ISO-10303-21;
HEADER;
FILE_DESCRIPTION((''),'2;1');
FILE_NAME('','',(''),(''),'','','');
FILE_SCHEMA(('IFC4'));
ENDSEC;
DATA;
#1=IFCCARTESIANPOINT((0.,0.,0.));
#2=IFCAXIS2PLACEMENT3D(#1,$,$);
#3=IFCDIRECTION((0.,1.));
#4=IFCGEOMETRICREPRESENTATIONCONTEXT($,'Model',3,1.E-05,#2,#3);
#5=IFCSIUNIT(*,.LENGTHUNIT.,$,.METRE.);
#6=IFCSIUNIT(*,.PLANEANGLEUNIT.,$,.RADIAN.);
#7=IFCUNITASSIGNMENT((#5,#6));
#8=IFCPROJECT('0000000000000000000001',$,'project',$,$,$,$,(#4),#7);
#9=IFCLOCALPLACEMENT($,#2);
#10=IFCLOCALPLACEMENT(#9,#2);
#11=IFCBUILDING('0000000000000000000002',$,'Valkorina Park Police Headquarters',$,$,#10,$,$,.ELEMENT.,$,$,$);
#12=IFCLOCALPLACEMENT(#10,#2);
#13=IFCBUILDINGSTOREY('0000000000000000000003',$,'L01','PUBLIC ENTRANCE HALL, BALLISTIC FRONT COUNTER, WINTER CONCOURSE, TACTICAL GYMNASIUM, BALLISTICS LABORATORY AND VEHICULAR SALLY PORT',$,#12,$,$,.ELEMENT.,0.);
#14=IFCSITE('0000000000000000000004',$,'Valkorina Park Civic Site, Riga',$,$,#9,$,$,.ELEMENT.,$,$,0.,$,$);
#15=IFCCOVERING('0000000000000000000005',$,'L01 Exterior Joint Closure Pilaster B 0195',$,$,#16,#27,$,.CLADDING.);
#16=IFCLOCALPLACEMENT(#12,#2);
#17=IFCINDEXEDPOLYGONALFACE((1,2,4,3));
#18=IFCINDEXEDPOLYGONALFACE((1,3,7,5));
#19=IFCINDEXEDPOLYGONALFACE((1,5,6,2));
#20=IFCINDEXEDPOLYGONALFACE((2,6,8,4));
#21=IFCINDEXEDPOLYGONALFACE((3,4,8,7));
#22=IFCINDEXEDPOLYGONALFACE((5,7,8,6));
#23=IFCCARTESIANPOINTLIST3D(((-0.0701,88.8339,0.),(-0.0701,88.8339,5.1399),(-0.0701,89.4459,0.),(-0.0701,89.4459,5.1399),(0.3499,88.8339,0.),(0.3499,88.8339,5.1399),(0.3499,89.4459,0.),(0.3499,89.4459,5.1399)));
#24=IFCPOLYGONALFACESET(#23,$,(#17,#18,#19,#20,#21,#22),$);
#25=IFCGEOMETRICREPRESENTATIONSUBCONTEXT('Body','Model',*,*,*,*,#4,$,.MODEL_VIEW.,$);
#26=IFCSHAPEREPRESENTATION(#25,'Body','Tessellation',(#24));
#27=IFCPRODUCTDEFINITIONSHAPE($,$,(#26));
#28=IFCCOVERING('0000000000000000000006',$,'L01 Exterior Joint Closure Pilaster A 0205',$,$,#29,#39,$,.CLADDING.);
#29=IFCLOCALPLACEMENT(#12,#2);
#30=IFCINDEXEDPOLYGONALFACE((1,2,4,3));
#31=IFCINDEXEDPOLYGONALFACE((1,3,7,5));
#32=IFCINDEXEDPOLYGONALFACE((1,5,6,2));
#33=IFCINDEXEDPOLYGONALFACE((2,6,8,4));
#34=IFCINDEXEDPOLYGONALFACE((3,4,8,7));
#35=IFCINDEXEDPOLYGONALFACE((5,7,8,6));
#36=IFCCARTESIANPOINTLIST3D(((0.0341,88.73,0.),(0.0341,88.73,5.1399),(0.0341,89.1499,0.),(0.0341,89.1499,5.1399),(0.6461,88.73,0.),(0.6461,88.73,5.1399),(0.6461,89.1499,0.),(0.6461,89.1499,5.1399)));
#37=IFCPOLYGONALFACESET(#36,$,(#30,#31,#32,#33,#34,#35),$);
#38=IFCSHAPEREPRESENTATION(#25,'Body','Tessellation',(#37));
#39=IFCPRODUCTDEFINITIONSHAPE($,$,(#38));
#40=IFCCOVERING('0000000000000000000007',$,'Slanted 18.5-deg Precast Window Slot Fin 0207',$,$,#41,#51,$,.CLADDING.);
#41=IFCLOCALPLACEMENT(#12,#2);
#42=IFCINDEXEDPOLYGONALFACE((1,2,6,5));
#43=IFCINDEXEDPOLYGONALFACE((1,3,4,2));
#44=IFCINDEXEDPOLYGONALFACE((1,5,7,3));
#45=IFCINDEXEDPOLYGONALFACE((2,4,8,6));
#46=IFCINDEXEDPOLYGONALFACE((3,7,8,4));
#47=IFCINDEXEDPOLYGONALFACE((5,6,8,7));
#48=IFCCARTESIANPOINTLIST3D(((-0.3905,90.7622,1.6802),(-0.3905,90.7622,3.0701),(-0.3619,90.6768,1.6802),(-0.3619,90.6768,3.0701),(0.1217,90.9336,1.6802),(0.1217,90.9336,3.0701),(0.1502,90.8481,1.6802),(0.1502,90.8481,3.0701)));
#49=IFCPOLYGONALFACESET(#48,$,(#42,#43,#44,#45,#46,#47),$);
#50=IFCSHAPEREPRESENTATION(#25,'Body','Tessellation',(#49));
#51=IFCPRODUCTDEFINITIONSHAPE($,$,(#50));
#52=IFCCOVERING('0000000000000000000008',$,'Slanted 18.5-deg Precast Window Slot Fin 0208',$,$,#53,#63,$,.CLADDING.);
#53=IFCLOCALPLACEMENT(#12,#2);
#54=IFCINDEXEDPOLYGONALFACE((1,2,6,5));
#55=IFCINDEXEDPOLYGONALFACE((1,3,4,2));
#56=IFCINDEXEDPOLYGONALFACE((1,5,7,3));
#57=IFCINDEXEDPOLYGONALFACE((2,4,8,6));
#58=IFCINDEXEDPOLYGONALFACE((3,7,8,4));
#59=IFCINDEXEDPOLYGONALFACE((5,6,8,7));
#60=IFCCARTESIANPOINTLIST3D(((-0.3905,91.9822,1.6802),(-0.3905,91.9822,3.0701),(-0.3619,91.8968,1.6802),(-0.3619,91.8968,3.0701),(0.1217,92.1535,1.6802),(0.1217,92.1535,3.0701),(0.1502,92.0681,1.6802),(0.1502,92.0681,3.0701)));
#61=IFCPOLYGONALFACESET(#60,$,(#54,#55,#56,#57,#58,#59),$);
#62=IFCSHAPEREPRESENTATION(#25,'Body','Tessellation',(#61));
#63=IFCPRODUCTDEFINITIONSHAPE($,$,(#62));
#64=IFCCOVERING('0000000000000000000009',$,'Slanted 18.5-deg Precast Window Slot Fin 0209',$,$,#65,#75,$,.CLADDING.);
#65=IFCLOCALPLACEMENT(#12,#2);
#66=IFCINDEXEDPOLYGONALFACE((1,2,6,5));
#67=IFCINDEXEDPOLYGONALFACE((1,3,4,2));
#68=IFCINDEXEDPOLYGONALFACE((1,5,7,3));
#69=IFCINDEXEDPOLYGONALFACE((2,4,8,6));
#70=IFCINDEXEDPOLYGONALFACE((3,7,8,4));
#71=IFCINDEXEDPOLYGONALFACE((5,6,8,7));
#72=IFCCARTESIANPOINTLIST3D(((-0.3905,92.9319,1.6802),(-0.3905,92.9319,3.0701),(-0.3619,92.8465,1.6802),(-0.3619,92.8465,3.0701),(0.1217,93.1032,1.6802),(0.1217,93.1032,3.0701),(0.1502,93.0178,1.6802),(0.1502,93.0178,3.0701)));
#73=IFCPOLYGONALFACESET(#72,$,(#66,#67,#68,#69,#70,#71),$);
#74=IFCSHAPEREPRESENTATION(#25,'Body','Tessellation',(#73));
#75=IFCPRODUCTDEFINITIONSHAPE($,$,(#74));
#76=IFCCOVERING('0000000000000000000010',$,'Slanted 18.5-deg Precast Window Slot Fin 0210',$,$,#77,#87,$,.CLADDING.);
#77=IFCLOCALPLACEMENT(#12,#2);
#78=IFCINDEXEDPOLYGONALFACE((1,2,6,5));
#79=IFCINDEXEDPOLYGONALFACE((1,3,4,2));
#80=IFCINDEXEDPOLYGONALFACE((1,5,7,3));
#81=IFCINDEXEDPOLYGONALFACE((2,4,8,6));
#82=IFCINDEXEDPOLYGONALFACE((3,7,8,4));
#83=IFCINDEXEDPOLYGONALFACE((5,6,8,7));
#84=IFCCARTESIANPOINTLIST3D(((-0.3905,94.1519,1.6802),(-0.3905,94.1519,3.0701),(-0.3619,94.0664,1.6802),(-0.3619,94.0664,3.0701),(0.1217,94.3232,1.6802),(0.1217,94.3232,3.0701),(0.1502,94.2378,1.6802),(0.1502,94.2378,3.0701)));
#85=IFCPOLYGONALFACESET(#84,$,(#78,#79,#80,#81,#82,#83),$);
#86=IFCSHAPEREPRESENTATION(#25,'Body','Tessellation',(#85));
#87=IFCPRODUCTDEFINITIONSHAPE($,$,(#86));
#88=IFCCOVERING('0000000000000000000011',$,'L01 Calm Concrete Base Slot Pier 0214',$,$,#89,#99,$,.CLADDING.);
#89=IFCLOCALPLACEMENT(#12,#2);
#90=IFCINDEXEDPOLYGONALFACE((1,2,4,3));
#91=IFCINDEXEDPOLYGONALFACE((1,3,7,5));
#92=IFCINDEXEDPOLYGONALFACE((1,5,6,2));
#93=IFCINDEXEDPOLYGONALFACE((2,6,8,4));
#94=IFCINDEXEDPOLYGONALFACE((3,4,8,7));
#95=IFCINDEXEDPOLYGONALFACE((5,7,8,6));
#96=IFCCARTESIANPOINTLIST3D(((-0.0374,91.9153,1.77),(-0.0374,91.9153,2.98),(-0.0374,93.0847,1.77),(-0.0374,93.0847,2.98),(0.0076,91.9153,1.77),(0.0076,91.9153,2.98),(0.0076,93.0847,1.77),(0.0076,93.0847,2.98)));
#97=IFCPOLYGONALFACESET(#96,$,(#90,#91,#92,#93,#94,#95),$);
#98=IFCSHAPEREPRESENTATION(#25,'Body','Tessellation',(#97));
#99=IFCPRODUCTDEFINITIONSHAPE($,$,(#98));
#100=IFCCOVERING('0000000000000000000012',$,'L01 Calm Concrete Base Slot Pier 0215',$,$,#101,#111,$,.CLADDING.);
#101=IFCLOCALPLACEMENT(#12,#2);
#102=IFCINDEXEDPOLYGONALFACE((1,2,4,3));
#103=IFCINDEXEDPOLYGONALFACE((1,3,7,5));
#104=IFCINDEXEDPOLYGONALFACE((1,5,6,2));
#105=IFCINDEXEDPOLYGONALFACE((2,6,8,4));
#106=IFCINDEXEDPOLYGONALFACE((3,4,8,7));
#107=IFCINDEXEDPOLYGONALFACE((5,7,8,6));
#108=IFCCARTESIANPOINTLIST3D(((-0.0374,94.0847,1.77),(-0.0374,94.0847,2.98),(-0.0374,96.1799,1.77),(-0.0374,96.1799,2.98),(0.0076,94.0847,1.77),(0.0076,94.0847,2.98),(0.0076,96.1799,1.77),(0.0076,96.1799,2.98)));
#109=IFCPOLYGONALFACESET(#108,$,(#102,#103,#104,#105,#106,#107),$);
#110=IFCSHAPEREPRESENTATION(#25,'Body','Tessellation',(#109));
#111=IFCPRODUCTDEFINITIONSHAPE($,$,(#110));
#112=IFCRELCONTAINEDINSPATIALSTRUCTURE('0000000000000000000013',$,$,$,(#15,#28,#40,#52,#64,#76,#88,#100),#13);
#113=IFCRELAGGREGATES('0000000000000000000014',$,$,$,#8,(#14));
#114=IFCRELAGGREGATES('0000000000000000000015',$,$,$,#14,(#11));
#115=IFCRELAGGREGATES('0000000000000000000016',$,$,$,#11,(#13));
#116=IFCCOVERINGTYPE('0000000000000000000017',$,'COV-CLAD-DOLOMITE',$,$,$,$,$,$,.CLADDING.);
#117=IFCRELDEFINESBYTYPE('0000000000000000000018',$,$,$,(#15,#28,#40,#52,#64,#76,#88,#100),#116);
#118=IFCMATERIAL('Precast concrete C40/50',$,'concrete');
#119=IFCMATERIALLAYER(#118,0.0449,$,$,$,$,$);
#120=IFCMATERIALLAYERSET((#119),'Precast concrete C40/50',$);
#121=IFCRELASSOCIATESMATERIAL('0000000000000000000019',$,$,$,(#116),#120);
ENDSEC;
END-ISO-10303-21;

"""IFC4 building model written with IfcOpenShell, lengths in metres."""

from ifc_helpers import new_model, si_unit, direction, frame, frame_2d, origin, origin_2d, place, context, subcontext, project, spatial, rectangle, extrude, material, layer, layer_set, type_object, element, save


model = new_model("IFC4")

# Units and contexts
model_context = context("Model", 3, precision=1e-05, world=origin(), true_north=direction((0.0, 1.0)))
body_context = subcontext(model_context, "Body", "Model", "MODEL_VIEW")
ifc_project = project(units=[si_unit("LENGTHUNIT", "METRE"), si_unit("PLANEANGLEUNIT", "RADIAN")], contexts=[model_context])

# Site, building, storey
site_placement = place(None, origin())
site = spatial("IfcSite", under=ifc_project, at=site_placement, Name="Valkorina Park Civic Site, Riga", CompositionType="ELEMENT", RefElevation=0.0)
building_placement = place(site_placement, origin())
building = spatial("IfcBuilding", under=site, at=building_placement, Name="Valkorina Park Police Headquarters", CompositionType="ELEMENT")
storey_placement = place(building_placement, origin())
storey = spatial("IfcBuildingStorey", under=building, at=storey_placement, Name="L01", Description="PUBLIC ENTRANCE HALL, BALLISTIC FRONT COUNTER, WINTER CONCOURSE, TACTICAL GYMNASIUM, BALLISTICS LABORATORY AND VEHICULAR SALLY PORT", CompositionType="ELEMENT", Elevation=0.0)

# Shared definitions
ifc_material_1 = material(Name="Precast concrete C40/50", Category="concrete")

# Coverings
ifc_layer_1 = layer(ifc_material_1, 0.0449)
ifc_layer_set_1 = layer_set([ifc_layer_1], Name="Precast concrete C40/50")
covering_type = type_object("IfcCoveringType", Name="COV-CLAD-DOLOMITE", PredefinedType="CLADDING", material=ifc_layer_set_1)
for number, where, z_axis, x_axis, name in (
    (1, (0.1399, 89.1399, 0.0), (0.0, 0.0, 1.0), (1.0, 0.0, 0.0), "L01 Exterior Joint Closure Pilaster B 0195"),
    (2, (0.3401, 88.9399, 0.0), (0.0, 0.0, 1.0), (0.0, 1.0, 0.0), "L01 Exterior Joint Closure Pilaster A 0205"),
):
    element("IfcCovering", number, at=place(storey_placement, frame(where, z_axis=z_axis, x_axis=x_axis)), inside=storey, type_object=covering_type, Name=name, PredefinedType="CLADDING", context=body_context, shape_type="SweptSolid", body=[
        extrude(rectangle(XDim=0.4199, YDim=0.6121, at=origin_2d()), origin(), (0.0, 0.0, 1.0), 5.1399),
    ])
for number, where, z_axis, x_axis, name in (
    (3, (-0.1201, 90.8052, 1.6802), (0.0, 0.0, 1.0), (-0.948324, -0.317305, 0.0), "Slanted 18.5-deg Precast Window Slot Fin 0207"),
    (4, (-0.1201, 92.0251, 1.6802), (0.0, 0.0, 1.0), (-0.948324, -0.317305, 0.0), "Slanted 18.5-deg Precast Window Slot Fin 0208"),
    (5, (-0.1201, 92.9749, 1.6802), (0.0, 0.0, 1.0), (-0.948324, -0.317305, 0.0), "Slanted 18.5-deg Precast Window Slot Fin 0209"),
    (6, (-0.1201, 94.1948, 1.6802), (0.0, 0.0, 1.0), (-0.948324, -0.317305, 0.0), "Slanted 18.5-deg Precast Window Slot Fin 0210"),
):
    element("IfcCovering", number, at=place(storey_placement, frame(where, z_axis=z_axis, x_axis=x_axis)), inside=storey, type_object=covering_type, Name=name, PredefinedType="CLADDING", context=body_context, shape_type="SweptSolid", body=[
        extrude(rectangle(XDim=0.54, YDim=0.0901, at=origin_2d()), origin(), (0.0, 0.0, 1.0), 1.3899),
    ])
covering_1_placement = place(storey_placement, frame((-0.0149, 91.9153, 1.77), z_axis=(0.0, 0.0, 1.0), x_axis=(0.0, 1.0, 0.0)))
element("IfcCovering", 7, at=covering_1_placement, inside=storey, type_object=covering_type, Name="L01 Calm Concrete Base Slot Pier 0214", PredefinedType="CLADDING", context=body_context, shape_type="SweptSolid", body=[
    extrude(rectangle(XDim=1.1694, YDim=0.0449, at=frame_2d((0.5847, 0.0))), origin(), (0.0, 0.0, 1.0), 1.21),
])
covering_2_placement = place(storey_placement, frame((-0.0149, 94.0847, 1.77), z_axis=(0.0, 0.0, 1.0), x_axis=(0.0, 1.0, 0.0)))
element("IfcCovering", 8, at=covering_2_placement, inside=storey, type_object=covering_type, Name="L01 Calm Concrete Base Slot Pier 0215", PredefinedType="CLADDING", context=body_context, shape_type="SweptSolid", body=[
    extrude(rectangle(XDim=2.0952, YDim=0.0449, at=frame_2d((1.0476, 0.0))), origin(), (0.0, 0.0, 1.0), 1.21),
])

save(model, "model.ifc")
